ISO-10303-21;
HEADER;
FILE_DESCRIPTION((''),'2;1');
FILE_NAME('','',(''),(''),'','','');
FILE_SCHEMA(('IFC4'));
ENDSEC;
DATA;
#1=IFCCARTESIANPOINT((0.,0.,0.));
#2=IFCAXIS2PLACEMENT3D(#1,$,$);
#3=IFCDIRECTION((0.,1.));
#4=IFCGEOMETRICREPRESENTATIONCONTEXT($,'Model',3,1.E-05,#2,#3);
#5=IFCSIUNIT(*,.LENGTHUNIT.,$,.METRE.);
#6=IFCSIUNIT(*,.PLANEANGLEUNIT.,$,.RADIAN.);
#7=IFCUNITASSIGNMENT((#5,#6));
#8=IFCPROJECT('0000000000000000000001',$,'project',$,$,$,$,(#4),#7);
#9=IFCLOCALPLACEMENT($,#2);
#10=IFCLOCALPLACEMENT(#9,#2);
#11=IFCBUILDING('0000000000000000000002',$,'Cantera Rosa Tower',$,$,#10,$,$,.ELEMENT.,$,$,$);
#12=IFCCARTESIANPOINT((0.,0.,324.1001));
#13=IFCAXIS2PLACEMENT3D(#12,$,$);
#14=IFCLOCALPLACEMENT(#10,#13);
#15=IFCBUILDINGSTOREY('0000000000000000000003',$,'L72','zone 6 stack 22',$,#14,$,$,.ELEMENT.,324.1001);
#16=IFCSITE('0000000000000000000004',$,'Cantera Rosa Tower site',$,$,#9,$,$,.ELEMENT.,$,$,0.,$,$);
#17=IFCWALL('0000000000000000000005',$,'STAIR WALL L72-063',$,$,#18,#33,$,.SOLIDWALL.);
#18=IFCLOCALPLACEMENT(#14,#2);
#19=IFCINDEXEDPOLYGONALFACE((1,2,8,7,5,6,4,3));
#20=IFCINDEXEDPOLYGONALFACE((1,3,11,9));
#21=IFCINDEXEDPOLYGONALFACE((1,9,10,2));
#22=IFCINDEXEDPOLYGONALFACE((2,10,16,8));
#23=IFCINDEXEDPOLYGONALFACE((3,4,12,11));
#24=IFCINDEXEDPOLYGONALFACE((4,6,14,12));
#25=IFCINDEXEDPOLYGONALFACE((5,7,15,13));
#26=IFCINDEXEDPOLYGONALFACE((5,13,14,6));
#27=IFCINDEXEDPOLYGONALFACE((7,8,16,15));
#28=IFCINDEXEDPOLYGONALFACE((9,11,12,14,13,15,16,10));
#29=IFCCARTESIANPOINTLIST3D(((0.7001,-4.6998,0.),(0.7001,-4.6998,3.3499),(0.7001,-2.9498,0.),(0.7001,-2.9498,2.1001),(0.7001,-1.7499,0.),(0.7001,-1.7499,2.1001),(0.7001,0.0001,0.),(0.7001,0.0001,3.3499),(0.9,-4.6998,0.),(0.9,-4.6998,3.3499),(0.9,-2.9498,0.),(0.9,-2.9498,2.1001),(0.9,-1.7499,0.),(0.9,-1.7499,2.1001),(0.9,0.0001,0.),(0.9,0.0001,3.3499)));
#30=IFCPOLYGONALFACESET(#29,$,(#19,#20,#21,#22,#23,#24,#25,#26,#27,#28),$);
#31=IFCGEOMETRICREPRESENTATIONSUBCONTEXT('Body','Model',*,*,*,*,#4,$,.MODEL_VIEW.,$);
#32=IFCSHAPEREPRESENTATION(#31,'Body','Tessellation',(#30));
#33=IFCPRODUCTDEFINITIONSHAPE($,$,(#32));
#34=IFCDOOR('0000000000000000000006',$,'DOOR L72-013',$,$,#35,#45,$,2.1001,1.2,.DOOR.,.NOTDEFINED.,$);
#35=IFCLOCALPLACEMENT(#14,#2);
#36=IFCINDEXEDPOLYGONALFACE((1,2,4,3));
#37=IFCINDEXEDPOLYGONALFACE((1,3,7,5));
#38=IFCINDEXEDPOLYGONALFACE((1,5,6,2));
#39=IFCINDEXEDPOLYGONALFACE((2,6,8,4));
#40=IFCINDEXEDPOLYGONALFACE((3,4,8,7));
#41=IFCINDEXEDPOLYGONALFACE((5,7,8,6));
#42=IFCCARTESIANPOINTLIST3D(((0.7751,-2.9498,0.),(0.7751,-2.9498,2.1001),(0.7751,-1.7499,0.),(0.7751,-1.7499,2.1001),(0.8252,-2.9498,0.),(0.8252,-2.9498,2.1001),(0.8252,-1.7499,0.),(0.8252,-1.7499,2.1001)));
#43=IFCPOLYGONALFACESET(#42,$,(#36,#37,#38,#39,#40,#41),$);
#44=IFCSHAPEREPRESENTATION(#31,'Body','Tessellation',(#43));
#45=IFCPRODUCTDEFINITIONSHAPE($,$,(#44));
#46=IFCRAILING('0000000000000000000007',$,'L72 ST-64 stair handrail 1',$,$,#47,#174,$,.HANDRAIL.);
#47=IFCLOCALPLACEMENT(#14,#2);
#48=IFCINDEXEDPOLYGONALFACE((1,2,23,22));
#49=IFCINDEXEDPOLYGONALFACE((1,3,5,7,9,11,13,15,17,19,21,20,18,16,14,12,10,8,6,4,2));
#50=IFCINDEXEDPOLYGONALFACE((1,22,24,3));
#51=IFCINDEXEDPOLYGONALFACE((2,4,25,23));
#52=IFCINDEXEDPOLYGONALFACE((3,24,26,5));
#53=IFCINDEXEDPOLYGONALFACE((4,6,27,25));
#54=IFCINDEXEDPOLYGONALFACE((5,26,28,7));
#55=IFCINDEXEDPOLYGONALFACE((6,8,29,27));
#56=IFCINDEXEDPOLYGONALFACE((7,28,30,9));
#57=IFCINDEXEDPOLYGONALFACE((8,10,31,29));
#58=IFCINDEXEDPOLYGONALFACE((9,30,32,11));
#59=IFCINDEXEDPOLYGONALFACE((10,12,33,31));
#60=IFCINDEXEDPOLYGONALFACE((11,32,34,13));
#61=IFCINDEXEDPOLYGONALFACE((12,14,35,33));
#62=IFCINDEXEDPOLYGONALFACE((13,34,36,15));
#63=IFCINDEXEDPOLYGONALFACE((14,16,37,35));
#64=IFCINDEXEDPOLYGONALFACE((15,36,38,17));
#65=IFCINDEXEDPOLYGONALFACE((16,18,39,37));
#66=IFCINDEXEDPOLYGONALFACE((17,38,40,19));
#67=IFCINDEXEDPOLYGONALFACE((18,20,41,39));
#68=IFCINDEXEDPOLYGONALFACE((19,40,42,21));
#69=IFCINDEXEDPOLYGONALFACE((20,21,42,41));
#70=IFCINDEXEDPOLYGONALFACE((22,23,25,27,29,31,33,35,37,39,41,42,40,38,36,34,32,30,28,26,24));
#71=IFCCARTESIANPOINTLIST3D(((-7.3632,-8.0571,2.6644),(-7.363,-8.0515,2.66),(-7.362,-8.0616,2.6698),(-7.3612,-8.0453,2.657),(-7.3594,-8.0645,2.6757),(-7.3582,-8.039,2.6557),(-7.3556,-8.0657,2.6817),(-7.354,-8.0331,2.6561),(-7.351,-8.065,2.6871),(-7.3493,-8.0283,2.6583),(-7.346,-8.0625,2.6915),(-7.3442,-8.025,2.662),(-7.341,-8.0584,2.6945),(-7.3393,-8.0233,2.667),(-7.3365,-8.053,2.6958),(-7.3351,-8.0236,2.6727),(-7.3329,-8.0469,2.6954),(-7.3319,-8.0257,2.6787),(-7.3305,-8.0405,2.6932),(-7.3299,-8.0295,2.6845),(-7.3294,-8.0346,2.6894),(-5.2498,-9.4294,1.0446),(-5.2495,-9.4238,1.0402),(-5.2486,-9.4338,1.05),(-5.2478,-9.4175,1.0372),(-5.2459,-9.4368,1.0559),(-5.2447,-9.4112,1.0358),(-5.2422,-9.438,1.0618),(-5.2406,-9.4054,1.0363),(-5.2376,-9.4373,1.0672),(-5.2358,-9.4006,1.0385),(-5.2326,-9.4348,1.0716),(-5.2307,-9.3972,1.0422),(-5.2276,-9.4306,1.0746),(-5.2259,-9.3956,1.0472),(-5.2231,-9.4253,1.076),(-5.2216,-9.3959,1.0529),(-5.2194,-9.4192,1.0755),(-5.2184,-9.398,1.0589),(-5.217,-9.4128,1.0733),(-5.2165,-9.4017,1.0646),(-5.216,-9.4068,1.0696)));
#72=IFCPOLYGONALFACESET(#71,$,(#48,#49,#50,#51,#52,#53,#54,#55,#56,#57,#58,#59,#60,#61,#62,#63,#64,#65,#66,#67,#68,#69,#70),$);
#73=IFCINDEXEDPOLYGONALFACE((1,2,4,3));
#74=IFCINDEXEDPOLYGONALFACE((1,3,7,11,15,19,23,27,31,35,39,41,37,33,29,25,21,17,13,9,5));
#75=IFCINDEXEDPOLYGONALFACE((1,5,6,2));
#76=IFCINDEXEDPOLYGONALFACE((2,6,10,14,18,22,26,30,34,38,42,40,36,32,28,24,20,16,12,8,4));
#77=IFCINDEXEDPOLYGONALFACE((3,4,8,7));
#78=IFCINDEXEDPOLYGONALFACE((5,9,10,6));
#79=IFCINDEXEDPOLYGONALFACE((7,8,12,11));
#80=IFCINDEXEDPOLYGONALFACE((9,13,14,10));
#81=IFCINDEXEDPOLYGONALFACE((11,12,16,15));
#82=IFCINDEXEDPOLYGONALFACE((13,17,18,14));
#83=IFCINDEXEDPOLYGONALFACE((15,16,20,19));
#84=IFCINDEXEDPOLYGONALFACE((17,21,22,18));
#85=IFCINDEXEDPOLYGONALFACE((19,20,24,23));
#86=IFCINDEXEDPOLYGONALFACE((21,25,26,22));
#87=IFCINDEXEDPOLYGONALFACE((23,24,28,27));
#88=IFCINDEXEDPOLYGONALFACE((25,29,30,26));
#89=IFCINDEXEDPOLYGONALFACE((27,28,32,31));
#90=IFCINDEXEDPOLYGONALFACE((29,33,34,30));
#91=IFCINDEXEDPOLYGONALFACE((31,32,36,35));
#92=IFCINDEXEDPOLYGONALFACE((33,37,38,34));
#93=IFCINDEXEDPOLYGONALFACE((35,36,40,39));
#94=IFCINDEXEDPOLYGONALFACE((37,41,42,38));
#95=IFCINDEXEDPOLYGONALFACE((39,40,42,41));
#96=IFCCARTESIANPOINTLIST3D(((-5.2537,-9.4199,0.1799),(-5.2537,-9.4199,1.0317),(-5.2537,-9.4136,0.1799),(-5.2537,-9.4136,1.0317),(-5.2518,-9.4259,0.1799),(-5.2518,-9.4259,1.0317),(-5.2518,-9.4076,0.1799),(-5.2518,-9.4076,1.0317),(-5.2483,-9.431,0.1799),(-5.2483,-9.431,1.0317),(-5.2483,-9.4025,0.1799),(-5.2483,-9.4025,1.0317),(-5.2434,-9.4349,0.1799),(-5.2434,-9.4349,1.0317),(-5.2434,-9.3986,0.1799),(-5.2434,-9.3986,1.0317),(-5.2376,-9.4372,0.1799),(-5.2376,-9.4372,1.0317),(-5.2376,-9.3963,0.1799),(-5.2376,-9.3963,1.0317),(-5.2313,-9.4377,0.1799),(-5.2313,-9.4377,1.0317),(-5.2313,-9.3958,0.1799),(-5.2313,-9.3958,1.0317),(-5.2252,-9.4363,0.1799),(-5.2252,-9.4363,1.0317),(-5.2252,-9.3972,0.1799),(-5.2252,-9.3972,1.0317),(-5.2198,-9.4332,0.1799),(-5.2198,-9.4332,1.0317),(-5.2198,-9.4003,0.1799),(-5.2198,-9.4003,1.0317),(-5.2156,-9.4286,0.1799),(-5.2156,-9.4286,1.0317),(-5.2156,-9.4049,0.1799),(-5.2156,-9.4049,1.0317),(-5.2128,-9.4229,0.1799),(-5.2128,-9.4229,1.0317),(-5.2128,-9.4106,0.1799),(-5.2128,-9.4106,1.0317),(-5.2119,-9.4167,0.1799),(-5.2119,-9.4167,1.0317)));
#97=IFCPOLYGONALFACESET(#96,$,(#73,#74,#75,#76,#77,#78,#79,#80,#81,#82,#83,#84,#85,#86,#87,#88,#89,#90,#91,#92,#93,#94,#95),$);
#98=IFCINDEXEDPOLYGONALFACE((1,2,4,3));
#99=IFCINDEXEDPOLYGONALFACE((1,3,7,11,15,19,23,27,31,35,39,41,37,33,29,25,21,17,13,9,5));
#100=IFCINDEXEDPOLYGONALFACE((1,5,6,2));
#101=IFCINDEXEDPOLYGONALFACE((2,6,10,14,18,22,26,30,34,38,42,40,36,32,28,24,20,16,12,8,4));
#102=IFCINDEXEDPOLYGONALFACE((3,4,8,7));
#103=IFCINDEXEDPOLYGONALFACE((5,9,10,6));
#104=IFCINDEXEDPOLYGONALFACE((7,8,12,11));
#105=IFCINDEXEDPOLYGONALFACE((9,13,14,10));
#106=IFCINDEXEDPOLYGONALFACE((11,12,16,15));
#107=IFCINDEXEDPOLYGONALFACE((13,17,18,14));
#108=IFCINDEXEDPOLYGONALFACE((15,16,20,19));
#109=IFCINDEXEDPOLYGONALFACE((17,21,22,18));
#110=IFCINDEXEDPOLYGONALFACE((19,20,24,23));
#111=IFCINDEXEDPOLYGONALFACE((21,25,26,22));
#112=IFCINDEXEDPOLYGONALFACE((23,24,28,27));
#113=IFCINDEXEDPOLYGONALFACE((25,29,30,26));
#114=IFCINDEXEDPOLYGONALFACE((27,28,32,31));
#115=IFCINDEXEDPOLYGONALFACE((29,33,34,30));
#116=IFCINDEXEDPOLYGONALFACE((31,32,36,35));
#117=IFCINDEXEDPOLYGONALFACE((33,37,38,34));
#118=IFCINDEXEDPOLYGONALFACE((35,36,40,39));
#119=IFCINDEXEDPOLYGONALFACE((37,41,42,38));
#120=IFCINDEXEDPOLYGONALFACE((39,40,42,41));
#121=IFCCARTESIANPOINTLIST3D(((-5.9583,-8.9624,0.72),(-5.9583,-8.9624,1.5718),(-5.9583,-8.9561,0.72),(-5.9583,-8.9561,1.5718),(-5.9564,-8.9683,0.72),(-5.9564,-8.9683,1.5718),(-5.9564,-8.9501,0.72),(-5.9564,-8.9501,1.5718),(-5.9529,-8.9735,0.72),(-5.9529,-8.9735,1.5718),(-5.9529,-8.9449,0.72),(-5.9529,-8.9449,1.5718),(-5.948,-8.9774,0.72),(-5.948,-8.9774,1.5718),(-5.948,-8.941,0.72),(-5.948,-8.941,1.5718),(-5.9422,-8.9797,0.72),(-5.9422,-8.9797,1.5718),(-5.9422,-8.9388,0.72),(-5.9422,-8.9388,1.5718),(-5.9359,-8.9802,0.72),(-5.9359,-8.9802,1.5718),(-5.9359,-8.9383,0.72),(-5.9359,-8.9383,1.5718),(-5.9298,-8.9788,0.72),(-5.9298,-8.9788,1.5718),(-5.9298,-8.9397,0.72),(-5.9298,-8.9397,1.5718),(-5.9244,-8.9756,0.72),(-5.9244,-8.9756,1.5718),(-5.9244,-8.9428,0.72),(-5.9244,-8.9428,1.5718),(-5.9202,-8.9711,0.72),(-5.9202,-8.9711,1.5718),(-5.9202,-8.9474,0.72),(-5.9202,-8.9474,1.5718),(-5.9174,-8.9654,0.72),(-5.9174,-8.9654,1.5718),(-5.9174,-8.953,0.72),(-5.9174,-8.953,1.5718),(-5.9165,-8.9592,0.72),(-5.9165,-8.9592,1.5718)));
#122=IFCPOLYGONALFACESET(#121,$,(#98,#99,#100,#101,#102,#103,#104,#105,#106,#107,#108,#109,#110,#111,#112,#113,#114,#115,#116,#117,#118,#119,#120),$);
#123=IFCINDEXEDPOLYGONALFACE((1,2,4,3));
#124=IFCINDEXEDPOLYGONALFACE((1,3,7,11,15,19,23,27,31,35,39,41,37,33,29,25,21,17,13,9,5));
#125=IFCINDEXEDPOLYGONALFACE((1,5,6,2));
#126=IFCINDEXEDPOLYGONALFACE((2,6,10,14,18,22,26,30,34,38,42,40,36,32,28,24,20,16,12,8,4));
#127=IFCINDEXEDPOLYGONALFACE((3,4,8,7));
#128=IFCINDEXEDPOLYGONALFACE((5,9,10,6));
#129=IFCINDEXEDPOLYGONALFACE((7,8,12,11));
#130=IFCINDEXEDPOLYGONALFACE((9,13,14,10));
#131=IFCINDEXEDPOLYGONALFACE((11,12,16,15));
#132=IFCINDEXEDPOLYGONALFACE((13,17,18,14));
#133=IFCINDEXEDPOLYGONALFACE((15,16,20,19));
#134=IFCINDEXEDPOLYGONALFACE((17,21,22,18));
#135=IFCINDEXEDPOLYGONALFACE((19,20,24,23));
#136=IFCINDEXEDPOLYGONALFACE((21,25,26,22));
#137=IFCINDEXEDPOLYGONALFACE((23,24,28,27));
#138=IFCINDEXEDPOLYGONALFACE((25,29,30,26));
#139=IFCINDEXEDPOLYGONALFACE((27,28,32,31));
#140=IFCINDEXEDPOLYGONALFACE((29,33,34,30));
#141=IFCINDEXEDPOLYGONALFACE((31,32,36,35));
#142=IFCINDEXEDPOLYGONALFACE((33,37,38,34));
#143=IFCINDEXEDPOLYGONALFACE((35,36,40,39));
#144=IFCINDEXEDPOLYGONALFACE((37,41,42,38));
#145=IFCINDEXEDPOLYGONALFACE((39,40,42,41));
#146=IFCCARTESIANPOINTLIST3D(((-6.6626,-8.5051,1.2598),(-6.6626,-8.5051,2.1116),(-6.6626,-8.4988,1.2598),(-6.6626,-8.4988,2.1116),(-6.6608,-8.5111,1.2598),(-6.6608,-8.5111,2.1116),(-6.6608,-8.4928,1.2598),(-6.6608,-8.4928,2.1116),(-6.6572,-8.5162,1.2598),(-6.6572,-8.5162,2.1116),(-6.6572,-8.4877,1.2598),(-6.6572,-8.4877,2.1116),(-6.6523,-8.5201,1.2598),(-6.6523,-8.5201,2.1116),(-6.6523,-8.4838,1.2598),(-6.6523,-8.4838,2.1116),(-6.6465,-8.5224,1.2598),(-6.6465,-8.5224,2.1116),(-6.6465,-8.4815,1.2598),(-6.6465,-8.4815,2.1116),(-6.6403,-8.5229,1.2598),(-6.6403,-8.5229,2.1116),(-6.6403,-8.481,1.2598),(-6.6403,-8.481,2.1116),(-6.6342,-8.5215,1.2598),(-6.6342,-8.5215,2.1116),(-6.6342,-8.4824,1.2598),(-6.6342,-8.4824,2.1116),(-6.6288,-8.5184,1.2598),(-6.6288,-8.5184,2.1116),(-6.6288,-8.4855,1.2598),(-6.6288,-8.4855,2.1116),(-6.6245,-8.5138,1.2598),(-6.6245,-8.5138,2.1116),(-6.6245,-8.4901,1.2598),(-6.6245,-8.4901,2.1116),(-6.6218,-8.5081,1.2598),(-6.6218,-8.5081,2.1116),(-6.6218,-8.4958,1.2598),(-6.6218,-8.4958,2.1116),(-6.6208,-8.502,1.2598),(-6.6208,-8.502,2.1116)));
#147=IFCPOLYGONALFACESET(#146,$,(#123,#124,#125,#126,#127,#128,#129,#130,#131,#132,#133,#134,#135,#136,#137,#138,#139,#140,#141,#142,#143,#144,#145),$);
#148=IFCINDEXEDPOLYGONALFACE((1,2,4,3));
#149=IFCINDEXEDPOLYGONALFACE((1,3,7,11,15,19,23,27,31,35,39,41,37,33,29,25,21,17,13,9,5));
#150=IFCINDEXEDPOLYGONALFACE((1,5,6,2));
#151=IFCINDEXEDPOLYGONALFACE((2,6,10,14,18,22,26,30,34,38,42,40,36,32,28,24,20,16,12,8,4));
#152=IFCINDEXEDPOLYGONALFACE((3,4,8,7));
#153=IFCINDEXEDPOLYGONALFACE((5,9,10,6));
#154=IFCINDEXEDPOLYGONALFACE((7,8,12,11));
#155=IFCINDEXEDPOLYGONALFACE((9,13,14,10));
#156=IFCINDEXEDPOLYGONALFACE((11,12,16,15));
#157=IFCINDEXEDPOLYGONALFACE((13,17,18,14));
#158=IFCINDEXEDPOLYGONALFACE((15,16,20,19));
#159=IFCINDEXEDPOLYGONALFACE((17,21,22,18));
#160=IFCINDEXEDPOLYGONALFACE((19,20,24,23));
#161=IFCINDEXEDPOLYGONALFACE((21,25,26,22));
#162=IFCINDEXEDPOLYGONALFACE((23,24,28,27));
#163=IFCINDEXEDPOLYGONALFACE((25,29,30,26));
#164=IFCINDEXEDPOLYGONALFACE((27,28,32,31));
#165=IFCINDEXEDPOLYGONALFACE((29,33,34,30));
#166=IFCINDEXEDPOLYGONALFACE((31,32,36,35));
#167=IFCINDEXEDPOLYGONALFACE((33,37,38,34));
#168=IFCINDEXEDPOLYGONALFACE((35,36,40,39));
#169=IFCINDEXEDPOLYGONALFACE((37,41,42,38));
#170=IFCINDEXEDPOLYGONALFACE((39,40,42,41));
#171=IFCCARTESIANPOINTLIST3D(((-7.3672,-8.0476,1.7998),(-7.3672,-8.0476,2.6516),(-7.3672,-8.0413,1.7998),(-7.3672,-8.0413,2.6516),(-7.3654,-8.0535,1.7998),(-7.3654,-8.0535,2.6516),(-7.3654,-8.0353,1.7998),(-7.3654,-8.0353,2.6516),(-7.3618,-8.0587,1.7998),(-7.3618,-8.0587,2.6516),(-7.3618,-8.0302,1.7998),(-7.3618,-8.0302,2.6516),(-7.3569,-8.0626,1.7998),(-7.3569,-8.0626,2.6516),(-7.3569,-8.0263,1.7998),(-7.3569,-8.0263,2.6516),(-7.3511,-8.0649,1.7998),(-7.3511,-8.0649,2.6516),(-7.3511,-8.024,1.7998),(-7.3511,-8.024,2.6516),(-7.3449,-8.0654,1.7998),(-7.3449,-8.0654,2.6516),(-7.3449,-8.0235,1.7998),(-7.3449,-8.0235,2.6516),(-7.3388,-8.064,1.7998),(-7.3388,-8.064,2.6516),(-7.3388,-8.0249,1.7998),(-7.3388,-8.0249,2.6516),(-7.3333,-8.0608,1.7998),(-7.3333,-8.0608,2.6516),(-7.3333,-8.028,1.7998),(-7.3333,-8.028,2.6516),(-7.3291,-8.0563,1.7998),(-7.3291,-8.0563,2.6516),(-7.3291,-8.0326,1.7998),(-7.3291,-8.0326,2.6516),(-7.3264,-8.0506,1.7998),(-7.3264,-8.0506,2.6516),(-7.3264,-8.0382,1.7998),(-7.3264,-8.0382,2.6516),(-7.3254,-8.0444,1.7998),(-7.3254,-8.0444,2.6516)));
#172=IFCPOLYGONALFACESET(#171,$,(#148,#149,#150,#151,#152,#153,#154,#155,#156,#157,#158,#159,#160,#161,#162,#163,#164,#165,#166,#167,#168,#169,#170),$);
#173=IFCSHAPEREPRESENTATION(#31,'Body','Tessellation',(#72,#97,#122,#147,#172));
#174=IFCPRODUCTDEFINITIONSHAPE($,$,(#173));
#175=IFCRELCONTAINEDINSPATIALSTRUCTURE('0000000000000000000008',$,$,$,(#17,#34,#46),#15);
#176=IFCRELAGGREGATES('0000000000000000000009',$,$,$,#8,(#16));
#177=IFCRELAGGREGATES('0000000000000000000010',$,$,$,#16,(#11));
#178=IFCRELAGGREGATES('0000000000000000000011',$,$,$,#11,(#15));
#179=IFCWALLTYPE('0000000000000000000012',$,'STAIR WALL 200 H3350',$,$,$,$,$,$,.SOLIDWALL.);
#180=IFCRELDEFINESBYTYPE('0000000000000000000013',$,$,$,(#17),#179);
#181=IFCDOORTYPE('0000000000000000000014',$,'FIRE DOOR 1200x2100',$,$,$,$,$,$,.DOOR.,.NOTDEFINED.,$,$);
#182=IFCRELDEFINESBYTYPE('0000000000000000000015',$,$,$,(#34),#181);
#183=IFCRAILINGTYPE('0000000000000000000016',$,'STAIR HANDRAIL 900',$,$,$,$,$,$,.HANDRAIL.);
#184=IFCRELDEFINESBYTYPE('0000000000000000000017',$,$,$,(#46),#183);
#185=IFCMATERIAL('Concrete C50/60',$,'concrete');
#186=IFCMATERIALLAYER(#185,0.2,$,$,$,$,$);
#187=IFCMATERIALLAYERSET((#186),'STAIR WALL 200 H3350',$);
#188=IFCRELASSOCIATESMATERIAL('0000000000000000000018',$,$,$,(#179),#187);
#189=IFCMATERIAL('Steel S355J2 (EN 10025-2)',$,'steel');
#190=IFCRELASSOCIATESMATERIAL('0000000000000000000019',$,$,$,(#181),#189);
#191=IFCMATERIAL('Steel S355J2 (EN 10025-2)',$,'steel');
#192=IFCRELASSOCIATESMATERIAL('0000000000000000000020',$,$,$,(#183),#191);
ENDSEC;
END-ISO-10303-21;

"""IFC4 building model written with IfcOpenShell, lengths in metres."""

from ifc_helpers import new_model, si_unit, direction, frame, frame_2d, origin, origin_2d, place, context, subcontext, project, spatial, rectangle, circle, extrude, material, layer, layer_set, type_object, element, fill, save


model = new_model("IFC4")

# Units and contexts
model_context = context("Model", 3, precision=1e-05, world=origin(), true_north=direction((0.0, 1.0)))
body_context = subcontext(model_context, "Body", "Model", "MODEL_VIEW")
ifc_project = project(units=[si_unit("LENGTHUNIT", "METRE"), si_unit("PLANEANGLEUNIT", "RADIAN")], contexts=[model_context])

# Site, building, storey
site_placement = place(None, origin())
site = spatial("IfcSite", under=ifc_project, at=site_placement, Name="Cantera Rosa Tower site", CompositionType="ELEMENT", RefElevation=0.0)
building_placement = place(site_placement, origin())
building = spatial("IfcBuilding", under=site, at=building_placement, Name="Cantera Rosa Tower", CompositionType="ELEMENT")
storey_placement = place(building_placement, frame((0.0, 0.0, 324.1001)))
storey = spatial("IfcBuildingStorey", under=building, at=storey_placement, Name="L72", Description="zone 6 stack 22", CompositionType="ELEMENT", Elevation=324.1001)

# Shared definitions
ifc_material_1 = material(Name="Concrete C50/60", Category="concrete")
ifc_layer_1 = layer(ifc_material_1, 0.2)
ifc_layer_set_1 = layer_set([ifc_layer_1], Name="STAIR WALL 200 H3350")
wall_type_1 = type_object("IfcWallType", Name="STAIR WALL 200 H3350", PredefinedType="SOLIDWALL", material=ifc_layer_set_1)

# Wall, opening, door
wall_1_placement = place(storey_placement, frame((0.8, -4.7, 0.0), z_axis=(0.0, 0.0, 1.0), x_axis=(0.0, 1.0, 0.0)))
wall_1 = element("IfcWall", 1, at=wall_1_placement, inside=storey, type_object=wall_type_1, Name="STAIR WALL L72-063", PredefinedType="SOLIDWALL", context=body_context, shape_type="SweptSolid", body=[
    extrude(rectangle(XDim=4.7, YDim=0.2, at=frame_2d((2.3501, 0.0))), origin(), (0.0, 0.0, 1.0), 3.3499),
])
opening_1_placement = place(wall_1_placement, frame((1.75, 0.0, 0.0)))
opening_1 = element("IfcOpeningElement", 2, at=opening_1_placement, cuts=wall_1, PredefinedType="OPENING", context=body_context, shape_type="SweptSolid", body=[
    extrude(rectangle(XDim=1.2, YDim=2.1001, at=frame_2d((0.6001, 1.05))), frame((0.0, 0.1099, 0.0), z_axis=(0.0, -1.0, 0.0), x_axis=(1.0, 0.0, 0.0)), (0.0, 0.0, 1.0), 0.22),
])
ifc_material_2 = material(Name="Steel S355J2 (EN 10025-2)", Category="steel")
door_type_1 = type_object("IfcDoorType", Name="FIRE DOOR 1200x2100", OperationType="NOTDEFINED", PredefinedType="DOOR", material=ifc_material_2)
door_1_placement = place(opening_1_placement, origin())
door_1 = element("IfcDoor", 3, at=door_1_placement, inside=storey, type_object=door_type_1, Name="DOOR L72-013", OperationType="NOTDEFINED", OverallHeight=2.1001, OverallWidth=1.2, PredefinedType="DOOR", context=body_context, shape_type="SweptSolid", body=[
    extrude(rectangle(XDim=1.2, YDim=2.1001, at=frame_2d((0.6001, 1.05))), frame((0.0, 0.0249, 0.0), z_axis=(0.0, -1.0, 0.0), x_axis=(1.0, 0.0, 0.0)), (0.0, 0.0, 1.0), 0.05),
])
fill(opening_1, door_1)

# Railing
ifc_material_3 = material(Name="Steel S355J2 (EN 10025-2)", Category="steel")
railing_type_1 = type_object("IfcRailingType", Name="STAIR HANDRAIL 900", PredefinedType="HANDRAIL", material=ifc_material_3)
railing_1_placement = place(storey_placement, frame((-5.2329, -9.4167, 0.1799)))
element("IfcRailing", 4, at=railing_1_placement, inside=storey, type_object=railing_type_1, Name="L72 ST-64 stair handrail 1", PredefinedType="HANDRAIL", context=body_context, shape_type="SweptSolid", body=[
    extrude(circle(Radius=0.0239, at=origin_2d()), frame((0.0, 0.0, 0.876), z_axis=(-0.705519, 0.458095, 0.540733), x_axis=(-0.544576, -0.838711, 0.0)), (0.0, 0.0, 1.0), 2.9956),
    extrude(circle(Radius=0.021, at=origin_2d()), origin(), (0.0, 0.0, 1.0), 0.8518),
    extrude(circle(Radius=0.021, at=origin_2d()), frame((-0.7046, 0.4575, 0.54)), (0.0, 0.0, 1.0), 0.8518),
    extrude(circle(Radius=0.021, at=origin_2d()), frame((-1.4089, 0.9148, 1.0798)), (0.0, 0.0, 1.0), 0.8518),
    extrude(circle(Radius=0.021, at=origin_2d()), frame((-2.1135, 1.3723, 1.6199)), (0.0, 0.0, 1.0), 0.8518),
])

save(model, "model.ifc")
